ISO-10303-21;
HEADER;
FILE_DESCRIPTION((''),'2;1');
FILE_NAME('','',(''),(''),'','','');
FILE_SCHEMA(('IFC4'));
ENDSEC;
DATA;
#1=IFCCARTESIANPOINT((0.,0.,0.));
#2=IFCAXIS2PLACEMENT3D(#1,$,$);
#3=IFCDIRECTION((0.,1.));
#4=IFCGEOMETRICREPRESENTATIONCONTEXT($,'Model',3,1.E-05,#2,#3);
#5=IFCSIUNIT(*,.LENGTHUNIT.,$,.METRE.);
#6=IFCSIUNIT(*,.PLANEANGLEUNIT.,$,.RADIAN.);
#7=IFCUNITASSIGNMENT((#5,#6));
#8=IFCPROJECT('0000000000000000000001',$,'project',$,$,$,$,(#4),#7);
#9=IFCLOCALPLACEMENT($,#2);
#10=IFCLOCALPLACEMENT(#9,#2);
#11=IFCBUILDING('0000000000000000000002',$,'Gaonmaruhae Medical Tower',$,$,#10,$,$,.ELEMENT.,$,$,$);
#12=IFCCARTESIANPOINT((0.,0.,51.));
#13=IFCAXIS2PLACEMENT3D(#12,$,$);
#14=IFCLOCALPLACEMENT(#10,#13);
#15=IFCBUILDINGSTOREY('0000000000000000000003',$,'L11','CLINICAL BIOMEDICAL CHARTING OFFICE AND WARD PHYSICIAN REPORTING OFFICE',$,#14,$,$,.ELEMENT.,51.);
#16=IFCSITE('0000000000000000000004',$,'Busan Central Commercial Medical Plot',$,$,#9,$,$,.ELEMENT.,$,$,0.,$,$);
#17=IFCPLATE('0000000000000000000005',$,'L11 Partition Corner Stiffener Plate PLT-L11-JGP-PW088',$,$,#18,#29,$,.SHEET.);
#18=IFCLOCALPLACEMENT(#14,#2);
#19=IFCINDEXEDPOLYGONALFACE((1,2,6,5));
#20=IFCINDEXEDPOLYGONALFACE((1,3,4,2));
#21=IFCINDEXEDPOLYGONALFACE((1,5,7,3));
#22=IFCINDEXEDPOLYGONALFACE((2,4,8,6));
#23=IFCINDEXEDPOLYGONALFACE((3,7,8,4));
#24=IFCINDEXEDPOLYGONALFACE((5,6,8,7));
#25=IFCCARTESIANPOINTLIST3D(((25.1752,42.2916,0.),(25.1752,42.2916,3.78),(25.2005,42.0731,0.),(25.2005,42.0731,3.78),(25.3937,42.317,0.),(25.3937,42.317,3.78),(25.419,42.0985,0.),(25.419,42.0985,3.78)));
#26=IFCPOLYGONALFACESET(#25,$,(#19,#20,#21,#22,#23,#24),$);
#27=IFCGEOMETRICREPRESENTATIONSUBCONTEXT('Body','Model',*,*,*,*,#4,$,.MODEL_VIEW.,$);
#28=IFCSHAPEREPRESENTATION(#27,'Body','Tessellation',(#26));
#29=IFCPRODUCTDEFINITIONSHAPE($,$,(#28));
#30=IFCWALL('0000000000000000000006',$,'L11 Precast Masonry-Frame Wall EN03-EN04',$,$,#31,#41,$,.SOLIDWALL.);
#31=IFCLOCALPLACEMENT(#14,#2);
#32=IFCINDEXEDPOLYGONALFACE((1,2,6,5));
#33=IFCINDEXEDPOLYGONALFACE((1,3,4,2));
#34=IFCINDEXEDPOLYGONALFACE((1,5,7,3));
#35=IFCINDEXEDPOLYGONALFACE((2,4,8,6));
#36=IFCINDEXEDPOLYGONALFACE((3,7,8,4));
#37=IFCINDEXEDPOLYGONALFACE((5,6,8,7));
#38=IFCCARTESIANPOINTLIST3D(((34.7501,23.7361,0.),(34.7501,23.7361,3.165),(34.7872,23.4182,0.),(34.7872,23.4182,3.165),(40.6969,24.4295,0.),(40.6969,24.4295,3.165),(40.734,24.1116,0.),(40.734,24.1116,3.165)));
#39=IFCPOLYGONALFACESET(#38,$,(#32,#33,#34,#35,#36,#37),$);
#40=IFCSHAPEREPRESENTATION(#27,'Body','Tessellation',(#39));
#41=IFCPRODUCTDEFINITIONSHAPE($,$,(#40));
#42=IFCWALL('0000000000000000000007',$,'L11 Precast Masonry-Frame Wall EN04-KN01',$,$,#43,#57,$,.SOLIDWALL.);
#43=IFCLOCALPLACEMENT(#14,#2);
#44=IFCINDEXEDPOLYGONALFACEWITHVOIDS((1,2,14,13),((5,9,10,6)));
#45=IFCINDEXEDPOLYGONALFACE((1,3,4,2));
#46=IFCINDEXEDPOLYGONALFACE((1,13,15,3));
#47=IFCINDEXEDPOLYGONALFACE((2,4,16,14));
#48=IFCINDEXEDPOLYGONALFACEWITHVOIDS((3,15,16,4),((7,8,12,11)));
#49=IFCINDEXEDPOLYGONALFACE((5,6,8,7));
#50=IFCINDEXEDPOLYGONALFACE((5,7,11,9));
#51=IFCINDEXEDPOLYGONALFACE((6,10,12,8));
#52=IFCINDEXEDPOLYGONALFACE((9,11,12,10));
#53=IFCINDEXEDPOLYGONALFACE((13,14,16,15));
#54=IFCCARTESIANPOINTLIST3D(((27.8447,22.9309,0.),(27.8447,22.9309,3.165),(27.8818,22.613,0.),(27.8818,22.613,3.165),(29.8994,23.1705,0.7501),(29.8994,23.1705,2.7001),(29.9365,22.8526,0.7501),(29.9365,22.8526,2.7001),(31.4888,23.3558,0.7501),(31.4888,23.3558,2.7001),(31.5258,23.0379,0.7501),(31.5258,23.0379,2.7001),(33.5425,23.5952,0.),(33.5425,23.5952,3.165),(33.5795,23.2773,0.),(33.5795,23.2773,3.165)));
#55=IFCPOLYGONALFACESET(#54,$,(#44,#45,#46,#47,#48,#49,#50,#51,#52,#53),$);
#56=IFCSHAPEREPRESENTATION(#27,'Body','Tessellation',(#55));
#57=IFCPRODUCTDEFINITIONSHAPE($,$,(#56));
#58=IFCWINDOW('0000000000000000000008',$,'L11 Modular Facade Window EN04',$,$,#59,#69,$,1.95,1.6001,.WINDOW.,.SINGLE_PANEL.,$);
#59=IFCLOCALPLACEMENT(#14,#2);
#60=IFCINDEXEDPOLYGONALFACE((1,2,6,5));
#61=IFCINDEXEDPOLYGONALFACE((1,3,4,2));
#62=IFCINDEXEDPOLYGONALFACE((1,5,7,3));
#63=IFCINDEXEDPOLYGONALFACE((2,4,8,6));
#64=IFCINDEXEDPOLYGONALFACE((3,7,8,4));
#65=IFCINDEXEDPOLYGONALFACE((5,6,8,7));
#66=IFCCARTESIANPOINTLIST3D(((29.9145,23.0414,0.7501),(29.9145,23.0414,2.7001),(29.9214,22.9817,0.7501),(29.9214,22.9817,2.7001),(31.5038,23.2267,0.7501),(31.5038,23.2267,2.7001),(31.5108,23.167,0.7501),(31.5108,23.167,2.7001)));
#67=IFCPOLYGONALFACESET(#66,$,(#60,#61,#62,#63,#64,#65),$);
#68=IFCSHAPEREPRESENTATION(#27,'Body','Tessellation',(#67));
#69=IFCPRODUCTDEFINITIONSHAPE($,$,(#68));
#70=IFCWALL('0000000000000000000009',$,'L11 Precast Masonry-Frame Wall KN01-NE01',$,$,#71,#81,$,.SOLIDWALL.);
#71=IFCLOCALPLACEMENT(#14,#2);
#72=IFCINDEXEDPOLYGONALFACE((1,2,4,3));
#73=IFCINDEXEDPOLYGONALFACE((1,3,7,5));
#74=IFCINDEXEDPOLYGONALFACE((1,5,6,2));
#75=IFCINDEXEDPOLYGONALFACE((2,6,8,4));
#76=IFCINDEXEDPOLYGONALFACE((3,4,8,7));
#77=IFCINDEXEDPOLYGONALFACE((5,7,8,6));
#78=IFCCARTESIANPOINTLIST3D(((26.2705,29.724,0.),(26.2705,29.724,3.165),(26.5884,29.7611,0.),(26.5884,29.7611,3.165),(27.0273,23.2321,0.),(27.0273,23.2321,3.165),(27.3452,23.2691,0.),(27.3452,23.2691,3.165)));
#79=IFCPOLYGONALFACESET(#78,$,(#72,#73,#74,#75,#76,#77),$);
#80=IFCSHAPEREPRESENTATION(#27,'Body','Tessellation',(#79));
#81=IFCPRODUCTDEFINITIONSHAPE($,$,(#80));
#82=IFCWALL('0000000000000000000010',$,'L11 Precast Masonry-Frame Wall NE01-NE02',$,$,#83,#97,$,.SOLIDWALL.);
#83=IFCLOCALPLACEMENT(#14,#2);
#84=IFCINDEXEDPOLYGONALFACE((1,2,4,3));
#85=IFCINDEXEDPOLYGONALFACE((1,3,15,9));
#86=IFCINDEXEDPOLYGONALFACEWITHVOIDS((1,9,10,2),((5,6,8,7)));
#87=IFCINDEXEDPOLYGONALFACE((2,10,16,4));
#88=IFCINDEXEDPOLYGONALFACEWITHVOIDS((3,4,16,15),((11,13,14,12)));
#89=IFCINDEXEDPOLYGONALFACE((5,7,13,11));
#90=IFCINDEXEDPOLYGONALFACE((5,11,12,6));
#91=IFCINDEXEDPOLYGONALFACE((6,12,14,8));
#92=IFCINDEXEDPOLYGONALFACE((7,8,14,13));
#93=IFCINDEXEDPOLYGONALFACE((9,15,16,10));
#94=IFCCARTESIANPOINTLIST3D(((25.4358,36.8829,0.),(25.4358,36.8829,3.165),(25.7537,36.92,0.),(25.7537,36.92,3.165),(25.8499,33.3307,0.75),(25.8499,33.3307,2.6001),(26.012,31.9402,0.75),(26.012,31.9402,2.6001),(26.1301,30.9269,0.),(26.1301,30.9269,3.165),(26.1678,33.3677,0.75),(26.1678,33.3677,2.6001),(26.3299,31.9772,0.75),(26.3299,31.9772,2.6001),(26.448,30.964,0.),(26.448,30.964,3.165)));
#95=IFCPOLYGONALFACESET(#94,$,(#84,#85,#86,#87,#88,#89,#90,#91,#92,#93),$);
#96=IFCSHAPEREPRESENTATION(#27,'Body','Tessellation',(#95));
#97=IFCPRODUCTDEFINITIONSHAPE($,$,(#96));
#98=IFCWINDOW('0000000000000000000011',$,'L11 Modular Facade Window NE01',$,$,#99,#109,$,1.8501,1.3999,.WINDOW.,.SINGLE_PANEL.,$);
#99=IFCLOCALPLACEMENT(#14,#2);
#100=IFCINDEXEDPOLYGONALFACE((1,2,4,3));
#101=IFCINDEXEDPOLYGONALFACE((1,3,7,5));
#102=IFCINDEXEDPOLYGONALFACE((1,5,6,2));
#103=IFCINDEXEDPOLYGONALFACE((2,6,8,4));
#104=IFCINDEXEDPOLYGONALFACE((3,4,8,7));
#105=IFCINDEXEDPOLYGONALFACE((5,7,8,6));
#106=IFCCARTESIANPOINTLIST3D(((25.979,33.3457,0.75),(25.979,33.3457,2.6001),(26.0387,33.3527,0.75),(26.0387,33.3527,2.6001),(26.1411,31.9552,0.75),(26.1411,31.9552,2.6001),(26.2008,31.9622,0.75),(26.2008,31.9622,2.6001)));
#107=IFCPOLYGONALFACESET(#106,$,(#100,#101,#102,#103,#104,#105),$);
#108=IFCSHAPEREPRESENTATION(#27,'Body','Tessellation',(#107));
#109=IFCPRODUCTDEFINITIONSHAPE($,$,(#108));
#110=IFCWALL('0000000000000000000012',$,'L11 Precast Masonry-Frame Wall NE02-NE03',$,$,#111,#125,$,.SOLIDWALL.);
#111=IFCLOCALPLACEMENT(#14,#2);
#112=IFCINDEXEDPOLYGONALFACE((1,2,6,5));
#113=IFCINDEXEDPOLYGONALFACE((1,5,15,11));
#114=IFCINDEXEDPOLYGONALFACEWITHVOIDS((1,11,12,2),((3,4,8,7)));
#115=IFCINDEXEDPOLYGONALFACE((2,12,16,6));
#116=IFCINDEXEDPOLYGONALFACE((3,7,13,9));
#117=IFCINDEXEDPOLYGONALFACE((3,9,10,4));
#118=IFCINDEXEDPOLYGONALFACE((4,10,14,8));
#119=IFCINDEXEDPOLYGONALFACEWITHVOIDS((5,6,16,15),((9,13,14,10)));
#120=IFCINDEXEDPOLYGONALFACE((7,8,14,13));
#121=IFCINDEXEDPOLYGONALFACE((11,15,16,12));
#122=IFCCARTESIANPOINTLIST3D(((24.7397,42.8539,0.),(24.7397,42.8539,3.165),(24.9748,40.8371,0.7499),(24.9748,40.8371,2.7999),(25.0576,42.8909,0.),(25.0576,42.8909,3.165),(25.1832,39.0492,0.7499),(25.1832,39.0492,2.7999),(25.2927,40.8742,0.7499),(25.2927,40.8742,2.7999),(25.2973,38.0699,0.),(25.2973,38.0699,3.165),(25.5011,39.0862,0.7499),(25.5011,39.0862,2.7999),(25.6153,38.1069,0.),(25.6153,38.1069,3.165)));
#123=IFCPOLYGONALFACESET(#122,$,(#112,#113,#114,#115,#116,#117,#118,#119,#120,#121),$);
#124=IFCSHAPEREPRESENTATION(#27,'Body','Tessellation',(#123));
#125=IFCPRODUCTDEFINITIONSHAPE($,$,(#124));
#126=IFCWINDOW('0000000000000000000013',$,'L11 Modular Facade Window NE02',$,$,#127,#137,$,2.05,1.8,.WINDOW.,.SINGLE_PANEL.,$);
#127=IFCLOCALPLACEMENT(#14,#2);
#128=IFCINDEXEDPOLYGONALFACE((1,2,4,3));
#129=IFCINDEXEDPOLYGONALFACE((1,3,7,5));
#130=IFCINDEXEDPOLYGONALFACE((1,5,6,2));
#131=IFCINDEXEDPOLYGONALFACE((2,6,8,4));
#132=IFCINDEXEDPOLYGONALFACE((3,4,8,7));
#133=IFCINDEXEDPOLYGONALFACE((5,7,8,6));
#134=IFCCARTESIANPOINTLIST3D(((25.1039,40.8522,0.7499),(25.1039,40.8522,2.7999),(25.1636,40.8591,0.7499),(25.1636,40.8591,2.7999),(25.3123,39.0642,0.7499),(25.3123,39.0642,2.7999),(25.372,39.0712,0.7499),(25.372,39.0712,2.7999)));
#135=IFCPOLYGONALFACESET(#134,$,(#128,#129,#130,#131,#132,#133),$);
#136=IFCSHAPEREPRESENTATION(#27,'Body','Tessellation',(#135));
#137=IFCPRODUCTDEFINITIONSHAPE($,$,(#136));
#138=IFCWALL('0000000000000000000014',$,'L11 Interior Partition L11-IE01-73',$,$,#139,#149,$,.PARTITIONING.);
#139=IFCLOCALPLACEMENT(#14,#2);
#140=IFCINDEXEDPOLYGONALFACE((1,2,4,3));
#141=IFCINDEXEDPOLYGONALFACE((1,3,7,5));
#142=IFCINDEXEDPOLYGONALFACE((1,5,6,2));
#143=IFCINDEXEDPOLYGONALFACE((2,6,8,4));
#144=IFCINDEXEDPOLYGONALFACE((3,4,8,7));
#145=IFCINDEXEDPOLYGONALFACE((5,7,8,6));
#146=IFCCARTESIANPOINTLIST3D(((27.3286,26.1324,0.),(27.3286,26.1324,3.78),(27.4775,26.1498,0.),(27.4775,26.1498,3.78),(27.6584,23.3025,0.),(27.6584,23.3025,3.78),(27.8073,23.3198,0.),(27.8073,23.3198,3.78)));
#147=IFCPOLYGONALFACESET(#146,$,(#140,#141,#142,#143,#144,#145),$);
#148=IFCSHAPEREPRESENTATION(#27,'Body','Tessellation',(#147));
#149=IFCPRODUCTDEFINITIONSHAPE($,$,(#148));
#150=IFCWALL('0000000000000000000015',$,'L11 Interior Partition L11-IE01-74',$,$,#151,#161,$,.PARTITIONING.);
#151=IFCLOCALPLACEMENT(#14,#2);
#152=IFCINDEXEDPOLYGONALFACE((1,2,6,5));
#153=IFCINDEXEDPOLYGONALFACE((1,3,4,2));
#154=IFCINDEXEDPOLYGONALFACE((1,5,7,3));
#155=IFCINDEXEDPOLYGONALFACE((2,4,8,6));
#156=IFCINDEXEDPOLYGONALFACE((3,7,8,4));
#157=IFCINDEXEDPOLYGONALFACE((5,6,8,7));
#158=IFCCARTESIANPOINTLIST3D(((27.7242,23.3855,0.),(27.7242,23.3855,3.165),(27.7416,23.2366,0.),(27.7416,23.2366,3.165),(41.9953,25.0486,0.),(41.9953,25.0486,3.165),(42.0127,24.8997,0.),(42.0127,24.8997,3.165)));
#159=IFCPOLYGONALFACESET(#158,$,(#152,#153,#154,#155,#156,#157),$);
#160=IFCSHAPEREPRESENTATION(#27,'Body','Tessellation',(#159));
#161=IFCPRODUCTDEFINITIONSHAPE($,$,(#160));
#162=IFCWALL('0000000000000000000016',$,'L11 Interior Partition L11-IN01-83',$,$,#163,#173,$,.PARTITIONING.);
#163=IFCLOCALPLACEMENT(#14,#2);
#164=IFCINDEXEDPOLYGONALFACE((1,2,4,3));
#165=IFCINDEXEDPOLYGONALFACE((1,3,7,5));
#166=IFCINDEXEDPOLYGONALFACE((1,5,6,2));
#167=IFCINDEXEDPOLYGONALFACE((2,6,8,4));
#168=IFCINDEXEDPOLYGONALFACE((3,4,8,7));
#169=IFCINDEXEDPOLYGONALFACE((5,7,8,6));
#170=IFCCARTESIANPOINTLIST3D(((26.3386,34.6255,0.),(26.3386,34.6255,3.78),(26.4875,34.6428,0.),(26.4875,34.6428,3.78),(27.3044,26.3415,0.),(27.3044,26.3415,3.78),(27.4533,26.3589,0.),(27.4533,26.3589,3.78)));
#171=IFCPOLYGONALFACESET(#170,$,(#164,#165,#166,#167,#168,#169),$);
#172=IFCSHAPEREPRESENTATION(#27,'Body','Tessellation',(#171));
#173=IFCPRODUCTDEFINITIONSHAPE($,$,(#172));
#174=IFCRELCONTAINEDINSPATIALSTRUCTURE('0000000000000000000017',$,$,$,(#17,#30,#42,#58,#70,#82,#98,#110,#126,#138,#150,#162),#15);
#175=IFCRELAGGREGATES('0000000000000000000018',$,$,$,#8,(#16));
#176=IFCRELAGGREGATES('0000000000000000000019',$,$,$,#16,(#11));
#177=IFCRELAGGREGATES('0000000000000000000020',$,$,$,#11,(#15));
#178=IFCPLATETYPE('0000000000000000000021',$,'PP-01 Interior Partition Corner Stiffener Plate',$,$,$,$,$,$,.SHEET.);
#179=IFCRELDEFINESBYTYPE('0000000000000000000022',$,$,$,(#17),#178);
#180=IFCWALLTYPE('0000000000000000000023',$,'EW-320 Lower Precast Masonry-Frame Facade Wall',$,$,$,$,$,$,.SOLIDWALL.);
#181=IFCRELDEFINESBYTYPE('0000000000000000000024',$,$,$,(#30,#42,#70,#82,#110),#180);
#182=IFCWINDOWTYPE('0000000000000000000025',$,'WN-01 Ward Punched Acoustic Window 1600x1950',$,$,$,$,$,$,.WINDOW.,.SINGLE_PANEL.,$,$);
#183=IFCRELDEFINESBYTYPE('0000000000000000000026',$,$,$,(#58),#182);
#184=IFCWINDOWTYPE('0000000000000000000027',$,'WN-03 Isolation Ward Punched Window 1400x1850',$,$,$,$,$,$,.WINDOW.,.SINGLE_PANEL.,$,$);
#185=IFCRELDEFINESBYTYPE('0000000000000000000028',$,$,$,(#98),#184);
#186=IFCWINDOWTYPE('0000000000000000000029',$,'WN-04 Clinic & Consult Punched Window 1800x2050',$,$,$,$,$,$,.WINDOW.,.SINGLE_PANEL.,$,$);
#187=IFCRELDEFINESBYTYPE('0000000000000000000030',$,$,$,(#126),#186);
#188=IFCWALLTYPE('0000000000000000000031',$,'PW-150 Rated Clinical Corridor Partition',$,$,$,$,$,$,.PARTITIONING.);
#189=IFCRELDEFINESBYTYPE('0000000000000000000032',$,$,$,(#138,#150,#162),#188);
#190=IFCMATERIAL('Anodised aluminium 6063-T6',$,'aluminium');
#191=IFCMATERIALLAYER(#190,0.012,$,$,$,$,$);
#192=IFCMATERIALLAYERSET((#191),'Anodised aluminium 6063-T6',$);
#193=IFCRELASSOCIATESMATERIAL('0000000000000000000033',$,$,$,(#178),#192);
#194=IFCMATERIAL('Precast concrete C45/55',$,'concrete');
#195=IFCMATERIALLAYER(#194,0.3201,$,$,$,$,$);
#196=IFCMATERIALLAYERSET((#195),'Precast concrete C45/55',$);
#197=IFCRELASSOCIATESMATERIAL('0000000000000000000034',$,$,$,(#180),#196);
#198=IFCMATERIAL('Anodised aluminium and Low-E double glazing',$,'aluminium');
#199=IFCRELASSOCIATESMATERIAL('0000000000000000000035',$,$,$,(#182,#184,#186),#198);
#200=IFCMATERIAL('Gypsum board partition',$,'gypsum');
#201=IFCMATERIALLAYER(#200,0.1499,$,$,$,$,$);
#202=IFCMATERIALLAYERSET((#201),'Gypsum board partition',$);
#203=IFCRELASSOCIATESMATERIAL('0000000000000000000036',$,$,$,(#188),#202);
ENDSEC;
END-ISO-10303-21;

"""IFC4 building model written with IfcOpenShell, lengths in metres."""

from ifc_helpers import new_model, si_unit, direction, frame, frame_2d, origin, origin_2d, place, context, subcontext, project, spatial, rectangle, extrude, material, layer, layer_set, type_object, element, fill, save


model = new_model("IFC4")

# Units and contexts
model_context = context("Model", 3, precision=1e-05, world=origin(), true_north=direction((0.0, 1.0)))
body_context = subcontext(model_context, "Body", "Model", "MODEL_VIEW")
ifc_project = project(units=[si_unit("LENGTHUNIT", "METRE"), si_unit("PLANEANGLEUNIT", "RADIAN")], contexts=[model_context])

# Site, building, storey
site_placement = place(None, origin())
site = spatial("IfcSite", under=ifc_project, at=site_placement, Name="Busan Central Commercial Medical Plot", CompositionType="ELEMENT", RefElevation=0.0)
building_placement = place(site_placement, origin())
building = spatial("IfcBuilding", under=site, at=building_placement, Name="Gaonmaruhae Medical Tower", CompositionType="ELEMENT")
storey_placement = place(building_placement, frame((0.0, 0.0, 51.0)))
storey = spatial("IfcBuildingStorey", under=building, at=storey_placement, Name="L11", Description="CLINICAL BIOMEDICAL CHARTING OFFICE AND WARD PHYSICIAN REPORTING OFFICE", CompositionType="ELEMENT", Elevation=51.0)

# Plate
ifc_material_1 = material(Name="Anodised aluminium 6063-T6", Category="aluminium")
ifc_layer_1 = layer(ifc_material_1, 0.012)
ifc_layer_set_1 = layer_set([ifc_layer_1], Name="Anodised aluminium 6063-T6")
plate_type = type_object("IfcPlateType", Name="PP-01 Interior Partition Corner Stiffener Plate", PredefinedType="SHEET", material=ifc_layer_set_1)
plate_placement = place(storey_placement, frame((25.2971, 42.1951, 0.0), z_axis=(0.0, 0.0, 1.0), x_axis=(-0.993337, -0.115249, 0.0)))
element("IfcPlate", 1, at=plate_placement, inside=storey, type_object=plate_type, Name="L11 Partition Corner Stiffener Plate PLT-L11-JGP-PW088", PredefinedType="SHEET", context=body_context, shape_type="SweptSolid", body=[
    extrude(rectangle(XDim=0.22, YDim=0.22, at=origin_2d()), origin(), (0.0, 0.0, 1.0), 3.78),
])

# Wall
ifc_material_2 = material(Name="Precast concrete C45/55", Category="concrete")
ifc_layer_2 = layer(ifc_material_2, 0.3201)
ifc_layer_set_2 = layer_set([ifc_layer_2], Name="Precast concrete C45/55")
wall_type_1 = type_object("IfcWallType", Name="EW-320 Lower Precast Masonry-Frame Facade Wall", PredefinedType="SOLIDWALL", material=ifc_layer_set_2)
wall_1_placement = place(storey_placement, frame((34.7686, 23.5771, 0.0), z_axis=(0.0, 0.0, 1.0), x_axis=(0.993271, 0.11581, 0.0)))
element("IfcWall", 2, at=wall_1_placement, inside=storey, type_object=wall_type_1, Name="L11 Precast Masonry-Frame Wall EN03-EN04", PredefinedType="SOLIDWALL", context=body_context, shape_type="SweptSolid", body=[
    extrude(rectangle(XDim=5.9871, YDim=0.3201, at=frame_2d((2.9937, 0.0))), origin(), (0.0, 0.0, 1.0), 3.165),
])

# Wall, opening, window
wall_2_placement = place(storey_placement, frame((27.8633, 22.772, 0.0), z_axis=(0.0, 0.0, 1.0), x_axis=(0.993272, 0.115807, 0.0)))
wall_2 = element("IfcWall", 3, at=wall_2_placement, inside=storey, type_object=wall_type_1, Name="L11 Precast Masonry-Frame Wall EN04-KN01", PredefinedType="SOLIDWALL", context=body_context, shape_type="SweptSolid", body=[
    extrude(rectangle(XDim=5.7363, YDim=0.3201, at=frame_2d((2.8682, 0.0))), origin(), (0.0, 0.0, 1.0), 3.165),
])
opening_1_placement = place(wall_2_placement, frame((2.0686, 0.0, 0.75)))
opening_1 = element("IfcOpeningElement", 4, at=opening_1_placement, cuts=wall_2, PredefinedType="OPENING", context=body_context, shape_type="SweptSolid", body=[
    extrude(rectangle(XDim=1.6001, YDim=1.95, at=frame_2d((0.8, 0.9751))), frame((0.0, 0.1699, 0.0), z_axis=(0.0, -1.0, 0.0), x_axis=(1.0, 0.0, 0.0)), (0.0, 0.0, 1.0), 0.3401),
])
ifc_material_3 = material(Name="Anodised aluminium and Low-E double glazing", Category="aluminium")
window_type_1 = type_object("IfcWindowType", Name="WN-01 Ward Punched Acoustic Window 1600x1950", PartitioningType="SINGLE_PANEL", PredefinedType="WINDOW", material=ifc_material_3)
window_1_placement = place(opening_1_placement, origin())
window_1 = element("IfcWindow", 5, at=window_1_placement, inside=storey, type_object=window_type_1, Name="L11 Modular Facade Window EN04", OverallHeight=1.95, OverallWidth=1.6001, PartitioningType="SINGLE_PANEL", PredefinedType="WINDOW", context=body_context, shape_type="SweptSolid", body=[
    extrude(rectangle(XDim=1.6001, YDim=1.95, at=frame_2d((0.8, 0.9751))), frame((0.0, 0.03, 0.0), z_axis=(0.0, -1.0, 0.0), x_axis=(1.0, 0.0, 0.0)), (0.0, 0.0, 1.0), 0.0601),
])
fill(opening_1, window_1)

# Wall
wall_3_placement = place(storey_placement, frame((27.1863, 23.2505, 0.0), z_axis=(0.0, 0.0, 1.0), x_axis=(-0.115797, 0.993273, 0.0)))
element("IfcWall", 6, at=wall_3_placement, inside=storey, type_object=wall_type_1, Name="L11 Precast Masonry-Frame Wall KN01-NE01", PredefinedType="SOLIDWALL", context=body_context, shape_type="SweptSolid", body=[
    extrude(rectangle(XDim=6.5359, YDim=0.3201, at=frame_2d((3.2681, 0.0))), origin(), (0.0, 0.0, 1.0), 3.165),
])

# Walls, openings, windows
wall_4_placement = place(storey_placement, frame((26.2891, 30.9456, 0.0), z_axis=(0.0, 0.0, 1.0), x_axis=(-0.115792, 0.993273, 0.0)))
wall_4 = element("IfcWall", 7, at=wall_4_placement, inside=storey, type_object=wall_type_1, Name="L11 Precast Masonry-Frame Wall NE01-NE02", PredefinedType="SOLIDWALL", context=body_context, shape_type="SweptSolid", body=[
    extrude(rectangle(XDim=5.9963, YDim=0.3201, at=frame_2d((2.998, 0.0))), origin(), (0.0, 0.0, 1.0), 3.165),
])
opening_2_placement = place(wall_4_placement, frame((1.02, 0.0, 0.75)))
opening_2 = element("IfcOpeningElement", 8, at=opening_2_placement, cuts=wall_4, PredefinedType="OPENING", context=body_context, shape_type="SweptSolid", body=[
    extrude(rectangle(XDim=1.3999, YDim=1.8501, at=frame_2d((0.7, 0.925))), frame((0.0, 0.1699, 0.0), z_axis=(0.0, -1.0, 0.0), x_axis=(1.0, 0.0, 0.0)), (0.0, 0.0, 1.0), 0.3401),
])
window_type_2 = type_object("IfcWindowType", Name="WN-03 Isolation Ward Punched Window 1400x1850", PartitioningType="SINGLE_PANEL", PredefinedType="WINDOW", material=ifc_material_3)
window_2_placement = place(opening_2_placement, origin())
window_2 = element("IfcWindow", 9, at=window_2_placement, inside=storey, type_object=window_type_2, Name="L11 Modular Facade Window NE01", OverallHeight=1.8501, OverallWidth=1.3999, PartitioningType="SINGLE_PANEL", PredefinedType="WINDOW", context=body_context, shape_type="SweptSolid", body=[
    extrude(rectangle(XDim=1.3999, YDim=1.8501, at=frame_2d((0.7, 0.925))), frame((0.0, 0.03, 0.0), z_axis=(0.0, -1.0, 0.0), x_axis=(1.0, 0.0, 0.0)), (0.0, 0.0, 1.0), 0.0601),
])
fill(opening_2, window_2)
wall_5_placement = place(storey_placement, frame((25.4563, 38.0884, 0.0), z_axis=(0.0, 0.0, 1.0), x_axis=(-0.115777, 0.993275, 0.0)))
wall_5 = element("IfcWall", 10, at=wall_5_placement, inside=storey, type_object=wall_type_1, Name="L11 Precast Masonry-Frame Wall NE02-NE03", PredefinedType="SOLIDWALL", context=body_context, shape_type="SweptSolid", body=[
    extrude(rectangle(XDim=4.8164, YDim=0.3201, at=frame_2d((2.4082, 0.0))), origin(), (0.0, 0.0, 1.0), 3.165),
])
opening_3_placement = place(wall_5_placement, frame((0.9861, 0.0, 0.75)))
opening_3 = element("IfcOpeningElement", 11, at=opening_3_placement, cuts=wall_5, PredefinedType="OPENING", context=body_context, shape_type="SweptSolid", body=[
    extrude(rectangle(XDim=1.8, YDim=2.05, at=frame_2d((0.8999, 1.0249))), frame((0.0, 0.1699, 0.0), z_axis=(0.0, -1.0, 0.0), x_axis=(1.0, 0.0, 0.0)), (0.0, 0.0, 1.0), 0.3401),
])
window_type_3 = type_object("IfcWindowType", Name="WN-04 Clinic & Consult Punched Window 1800x2050", PartitioningType="SINGLE_PANEL", PredefinedType="WINDOW", material=ifc_material_3)
window_3_placement = place(opening_3_placement, origin())
window_3 = element("IfcWindow", 12, at=window_3_placement, inside=storey, type_object=window_type_3, Name="L11 Modular Facade Window NE02", OverallHeight=2.05, OverallWidth=1.8, PartitioningType="SINGLE_PANEL", PredefinedType="WINDOW", context=body_context, shape_type="SweptSolid", body=[
    extrude(rectangle(XDim=1.8, YDim=2.05, at=frame_2d((0.8999, 1.0249))), frame((0.0, 0.03, 0.0), z_axis=(0.0, -1.0, 0.0), x_axis=(1.0, 0.0, 0.0)), (0.0, 0.0, 1.0), 0.0601),
])
fill(opening_3, window_3)

# Walls
ifc_material_4 = material(Name="Gypsum board partition", Category="gypsum")
ifc_layer_3 = layer(ifc_material_4, 0.1499)
ifc_layer_set_3 = layer_set([ifc_layer_3], Name="Gypsum board partition")
wall_type_2 = type_object("IfcWallType", Name="PW-150 Rated Clinical Corridor Partition", PredefinedType="PARTITIONING", material=ifc_layer_set_3)
wall_6_placement = place(storey_placement, frame((27.4031, 26.1411, 0.0), z_axis=(0.0, 0.0, 1.0), x_axis=(0.115762, -0.993277, 0.0)))
element("IfcWall", 13, at=wall_6_placement, inside=storey, type_object=wall_type_2, Name="L11 Interior Partition L11-IE01-73", PredefinedType="PARTITIONING", context=body_context, shape_type="SweptSolid", body=[
    extrude(rectangle(XDim=2.8491, YDim=0.1499, at=frame_2d((1.4246, 0.0))), origin(), (0.0, 0.0, 1.0), 3.78),
])
wall_7_placement = place(storey_placement, frame((27.7329, 23.311, 0.0), z_axis=(0.0, 0.0, 1.0), x_axis=(0.993278, 0.115753, 0.0)))
element("IfcWall", 14, at=wall_7_placement, inside=storey, type_object=wall_type_2, Name="L11 Interior Partition L11-IE01-74", PredefinedType="PARTITIONING", context=body_context, shape_type="SweptSolid", body=[
    extrude(rectangle(XDim=14.3677, YDim=0.1499, at=frame_2d((7.1838, 0.0))), origin(), (0.0, 0.0, 1.0), 3.165),
])
wall_8_placement = place(storey_placement, frame((26.4131, 34.634, 0.0), z_axis=(0.0, 0.0, 1.0), x_axis=(0.115805, -0.993272, 0.0)))
element("IfcWall", 15, at=wall_8_placement, inside=storey, type_object=wall_type_2, Name="L11 Interior Partition L11-IN01-83", PredefinedType="PARTITIONING", context=body_context, shape_type="SweptSolid", body=[
    extrude(rectangle(XDim=8.3401, YDim=0.1499, at=frame_2d((4.1699, 0.0))), origin(), (0.0, 0.0, 1.0), 3.78),
])

save(model, "model.ifc")
